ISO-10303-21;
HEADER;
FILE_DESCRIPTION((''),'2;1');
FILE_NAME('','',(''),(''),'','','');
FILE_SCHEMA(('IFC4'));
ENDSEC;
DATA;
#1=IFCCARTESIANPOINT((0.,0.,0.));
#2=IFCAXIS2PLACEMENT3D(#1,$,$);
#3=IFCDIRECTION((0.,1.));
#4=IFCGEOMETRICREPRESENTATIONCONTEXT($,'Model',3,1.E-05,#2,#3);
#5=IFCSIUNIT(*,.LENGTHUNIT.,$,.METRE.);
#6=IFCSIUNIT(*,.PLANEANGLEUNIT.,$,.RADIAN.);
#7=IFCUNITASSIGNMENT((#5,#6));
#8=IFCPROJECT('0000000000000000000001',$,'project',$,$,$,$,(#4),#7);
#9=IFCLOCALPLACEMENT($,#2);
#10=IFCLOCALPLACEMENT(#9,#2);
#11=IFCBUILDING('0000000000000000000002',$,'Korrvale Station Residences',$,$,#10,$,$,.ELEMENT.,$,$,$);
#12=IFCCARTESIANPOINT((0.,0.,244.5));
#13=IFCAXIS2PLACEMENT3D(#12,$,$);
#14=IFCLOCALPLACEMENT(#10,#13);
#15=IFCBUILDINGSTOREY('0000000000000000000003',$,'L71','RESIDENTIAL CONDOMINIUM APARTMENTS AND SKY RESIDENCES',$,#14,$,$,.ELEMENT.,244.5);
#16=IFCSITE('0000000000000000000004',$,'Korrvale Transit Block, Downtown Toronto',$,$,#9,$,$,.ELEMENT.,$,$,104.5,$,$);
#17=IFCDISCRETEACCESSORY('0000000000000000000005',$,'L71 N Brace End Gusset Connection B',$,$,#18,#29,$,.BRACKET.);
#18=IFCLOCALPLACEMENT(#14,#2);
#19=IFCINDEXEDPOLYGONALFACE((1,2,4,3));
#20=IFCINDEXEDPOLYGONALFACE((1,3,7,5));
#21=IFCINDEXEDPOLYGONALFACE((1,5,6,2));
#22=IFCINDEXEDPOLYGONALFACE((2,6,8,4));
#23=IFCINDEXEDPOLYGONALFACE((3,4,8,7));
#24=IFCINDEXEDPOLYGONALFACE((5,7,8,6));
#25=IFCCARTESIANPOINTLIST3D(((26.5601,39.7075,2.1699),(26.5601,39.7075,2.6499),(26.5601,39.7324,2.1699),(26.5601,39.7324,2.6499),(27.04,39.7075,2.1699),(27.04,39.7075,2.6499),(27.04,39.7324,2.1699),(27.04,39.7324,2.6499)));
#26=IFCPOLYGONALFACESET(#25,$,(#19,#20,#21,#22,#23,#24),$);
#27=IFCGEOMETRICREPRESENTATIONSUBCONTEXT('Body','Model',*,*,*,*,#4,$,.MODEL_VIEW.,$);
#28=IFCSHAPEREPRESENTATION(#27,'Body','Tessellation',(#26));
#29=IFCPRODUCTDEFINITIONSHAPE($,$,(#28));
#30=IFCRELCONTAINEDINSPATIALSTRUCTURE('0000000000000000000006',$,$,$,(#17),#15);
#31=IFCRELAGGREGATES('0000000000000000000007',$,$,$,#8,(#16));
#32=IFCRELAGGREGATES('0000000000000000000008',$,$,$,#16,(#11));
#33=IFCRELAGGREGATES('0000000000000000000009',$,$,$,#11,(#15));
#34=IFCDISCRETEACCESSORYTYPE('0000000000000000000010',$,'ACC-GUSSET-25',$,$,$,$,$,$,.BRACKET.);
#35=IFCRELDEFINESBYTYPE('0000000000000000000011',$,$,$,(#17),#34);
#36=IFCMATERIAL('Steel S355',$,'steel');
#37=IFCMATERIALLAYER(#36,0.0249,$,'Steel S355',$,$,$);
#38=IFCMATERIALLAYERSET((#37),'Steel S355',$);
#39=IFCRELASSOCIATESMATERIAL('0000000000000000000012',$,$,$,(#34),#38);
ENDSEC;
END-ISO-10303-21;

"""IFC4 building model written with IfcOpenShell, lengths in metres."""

from ifc_helpers import new_model, si_unit, direction, frame, origin, origin_2d, place, context, subcontext, project, spatial, rectangle, extrude, material, layer, layer_set, type_object, element, save


model = new_model("IFC4")

# Units and contexts
model_context = context("Model", 3, precision=1e-05, world=origin(), true_north=direction((0.0, 1.0)))
body_context = subcontext(model_context, "Body", "Model", "MODEL_VIEW")
ifc_project = project(units=[si_unit("LENGTHUNIT", "METRE"), si_unit("PLANEANGLEUNIT", "RADIAN")], contexts=[model_context])

# Site, building, storey
site_placement = place(None, origin())
site = spatial("IfcSite", under=ifc_project, at=site_placement, Name="Korrvale Transit Block, Downtown Toronto", CompositionType="ELEMENT", RefElevation=104.5)
building_placement = place(site_placement, origin())
building = spatial("IfcBuilding", under=site, at=building_placement, Name="Korrvale Station Residences", CompositionType="ELEMENT")
storey_placement = place(building_placement, frame((0.0, 0.0, 244.5)))
storey = spatial("IfcBuildingStorey", under=building, at=storey_placement, Name="L71", Description="RESIDENTIAL CONDOMINIUM APARTMENTS AND SKY RESIDENCES", CompositionType="ELEMENT", Elevation=244.5)

# Shared definitions
ifc_material_1 = material(Name="Steel S355", Category="steel")

# Discrete accessory
ifc_layer_1 = layer(ifc_material_1, 0.0249, Name="Steel S355")
ifc_layer_set_1 = layer_set([ifc_layer_1], Name="Steel S355")
discrete_accessory_type = type_object("IfcDiscreteAccessoryType", Name="ACC-GUSSET-25", PredefinedType="BRACKET", material=ifc_layer_set_1)
for number, where, z_axis, x_axis, name in (
    (1, (26.8, 39.72, 2.1699), (0.0, 0.0, 1.0), (1.0, 0.0, 0.0), "L71 N Brace End Gusset Connection B"),
):
    element("IfcDiscreteAccessory", number, at=place(storey_placement, frame(where, z_axis=z_axis, x_axis=x_axis)), inside=storey, type_object=discrete_accessory_type, Name=name, PredefinedType="BRACKET", context=body_context, shape_type="SweptSolid", body=[
        extrude(rectangle(XDim=0.48, YDim=0.0249, at=origin_2d()), origin(), (0.0, 0.0, 1.0), 0.48),
    ])

save(model, "model.ifc")
